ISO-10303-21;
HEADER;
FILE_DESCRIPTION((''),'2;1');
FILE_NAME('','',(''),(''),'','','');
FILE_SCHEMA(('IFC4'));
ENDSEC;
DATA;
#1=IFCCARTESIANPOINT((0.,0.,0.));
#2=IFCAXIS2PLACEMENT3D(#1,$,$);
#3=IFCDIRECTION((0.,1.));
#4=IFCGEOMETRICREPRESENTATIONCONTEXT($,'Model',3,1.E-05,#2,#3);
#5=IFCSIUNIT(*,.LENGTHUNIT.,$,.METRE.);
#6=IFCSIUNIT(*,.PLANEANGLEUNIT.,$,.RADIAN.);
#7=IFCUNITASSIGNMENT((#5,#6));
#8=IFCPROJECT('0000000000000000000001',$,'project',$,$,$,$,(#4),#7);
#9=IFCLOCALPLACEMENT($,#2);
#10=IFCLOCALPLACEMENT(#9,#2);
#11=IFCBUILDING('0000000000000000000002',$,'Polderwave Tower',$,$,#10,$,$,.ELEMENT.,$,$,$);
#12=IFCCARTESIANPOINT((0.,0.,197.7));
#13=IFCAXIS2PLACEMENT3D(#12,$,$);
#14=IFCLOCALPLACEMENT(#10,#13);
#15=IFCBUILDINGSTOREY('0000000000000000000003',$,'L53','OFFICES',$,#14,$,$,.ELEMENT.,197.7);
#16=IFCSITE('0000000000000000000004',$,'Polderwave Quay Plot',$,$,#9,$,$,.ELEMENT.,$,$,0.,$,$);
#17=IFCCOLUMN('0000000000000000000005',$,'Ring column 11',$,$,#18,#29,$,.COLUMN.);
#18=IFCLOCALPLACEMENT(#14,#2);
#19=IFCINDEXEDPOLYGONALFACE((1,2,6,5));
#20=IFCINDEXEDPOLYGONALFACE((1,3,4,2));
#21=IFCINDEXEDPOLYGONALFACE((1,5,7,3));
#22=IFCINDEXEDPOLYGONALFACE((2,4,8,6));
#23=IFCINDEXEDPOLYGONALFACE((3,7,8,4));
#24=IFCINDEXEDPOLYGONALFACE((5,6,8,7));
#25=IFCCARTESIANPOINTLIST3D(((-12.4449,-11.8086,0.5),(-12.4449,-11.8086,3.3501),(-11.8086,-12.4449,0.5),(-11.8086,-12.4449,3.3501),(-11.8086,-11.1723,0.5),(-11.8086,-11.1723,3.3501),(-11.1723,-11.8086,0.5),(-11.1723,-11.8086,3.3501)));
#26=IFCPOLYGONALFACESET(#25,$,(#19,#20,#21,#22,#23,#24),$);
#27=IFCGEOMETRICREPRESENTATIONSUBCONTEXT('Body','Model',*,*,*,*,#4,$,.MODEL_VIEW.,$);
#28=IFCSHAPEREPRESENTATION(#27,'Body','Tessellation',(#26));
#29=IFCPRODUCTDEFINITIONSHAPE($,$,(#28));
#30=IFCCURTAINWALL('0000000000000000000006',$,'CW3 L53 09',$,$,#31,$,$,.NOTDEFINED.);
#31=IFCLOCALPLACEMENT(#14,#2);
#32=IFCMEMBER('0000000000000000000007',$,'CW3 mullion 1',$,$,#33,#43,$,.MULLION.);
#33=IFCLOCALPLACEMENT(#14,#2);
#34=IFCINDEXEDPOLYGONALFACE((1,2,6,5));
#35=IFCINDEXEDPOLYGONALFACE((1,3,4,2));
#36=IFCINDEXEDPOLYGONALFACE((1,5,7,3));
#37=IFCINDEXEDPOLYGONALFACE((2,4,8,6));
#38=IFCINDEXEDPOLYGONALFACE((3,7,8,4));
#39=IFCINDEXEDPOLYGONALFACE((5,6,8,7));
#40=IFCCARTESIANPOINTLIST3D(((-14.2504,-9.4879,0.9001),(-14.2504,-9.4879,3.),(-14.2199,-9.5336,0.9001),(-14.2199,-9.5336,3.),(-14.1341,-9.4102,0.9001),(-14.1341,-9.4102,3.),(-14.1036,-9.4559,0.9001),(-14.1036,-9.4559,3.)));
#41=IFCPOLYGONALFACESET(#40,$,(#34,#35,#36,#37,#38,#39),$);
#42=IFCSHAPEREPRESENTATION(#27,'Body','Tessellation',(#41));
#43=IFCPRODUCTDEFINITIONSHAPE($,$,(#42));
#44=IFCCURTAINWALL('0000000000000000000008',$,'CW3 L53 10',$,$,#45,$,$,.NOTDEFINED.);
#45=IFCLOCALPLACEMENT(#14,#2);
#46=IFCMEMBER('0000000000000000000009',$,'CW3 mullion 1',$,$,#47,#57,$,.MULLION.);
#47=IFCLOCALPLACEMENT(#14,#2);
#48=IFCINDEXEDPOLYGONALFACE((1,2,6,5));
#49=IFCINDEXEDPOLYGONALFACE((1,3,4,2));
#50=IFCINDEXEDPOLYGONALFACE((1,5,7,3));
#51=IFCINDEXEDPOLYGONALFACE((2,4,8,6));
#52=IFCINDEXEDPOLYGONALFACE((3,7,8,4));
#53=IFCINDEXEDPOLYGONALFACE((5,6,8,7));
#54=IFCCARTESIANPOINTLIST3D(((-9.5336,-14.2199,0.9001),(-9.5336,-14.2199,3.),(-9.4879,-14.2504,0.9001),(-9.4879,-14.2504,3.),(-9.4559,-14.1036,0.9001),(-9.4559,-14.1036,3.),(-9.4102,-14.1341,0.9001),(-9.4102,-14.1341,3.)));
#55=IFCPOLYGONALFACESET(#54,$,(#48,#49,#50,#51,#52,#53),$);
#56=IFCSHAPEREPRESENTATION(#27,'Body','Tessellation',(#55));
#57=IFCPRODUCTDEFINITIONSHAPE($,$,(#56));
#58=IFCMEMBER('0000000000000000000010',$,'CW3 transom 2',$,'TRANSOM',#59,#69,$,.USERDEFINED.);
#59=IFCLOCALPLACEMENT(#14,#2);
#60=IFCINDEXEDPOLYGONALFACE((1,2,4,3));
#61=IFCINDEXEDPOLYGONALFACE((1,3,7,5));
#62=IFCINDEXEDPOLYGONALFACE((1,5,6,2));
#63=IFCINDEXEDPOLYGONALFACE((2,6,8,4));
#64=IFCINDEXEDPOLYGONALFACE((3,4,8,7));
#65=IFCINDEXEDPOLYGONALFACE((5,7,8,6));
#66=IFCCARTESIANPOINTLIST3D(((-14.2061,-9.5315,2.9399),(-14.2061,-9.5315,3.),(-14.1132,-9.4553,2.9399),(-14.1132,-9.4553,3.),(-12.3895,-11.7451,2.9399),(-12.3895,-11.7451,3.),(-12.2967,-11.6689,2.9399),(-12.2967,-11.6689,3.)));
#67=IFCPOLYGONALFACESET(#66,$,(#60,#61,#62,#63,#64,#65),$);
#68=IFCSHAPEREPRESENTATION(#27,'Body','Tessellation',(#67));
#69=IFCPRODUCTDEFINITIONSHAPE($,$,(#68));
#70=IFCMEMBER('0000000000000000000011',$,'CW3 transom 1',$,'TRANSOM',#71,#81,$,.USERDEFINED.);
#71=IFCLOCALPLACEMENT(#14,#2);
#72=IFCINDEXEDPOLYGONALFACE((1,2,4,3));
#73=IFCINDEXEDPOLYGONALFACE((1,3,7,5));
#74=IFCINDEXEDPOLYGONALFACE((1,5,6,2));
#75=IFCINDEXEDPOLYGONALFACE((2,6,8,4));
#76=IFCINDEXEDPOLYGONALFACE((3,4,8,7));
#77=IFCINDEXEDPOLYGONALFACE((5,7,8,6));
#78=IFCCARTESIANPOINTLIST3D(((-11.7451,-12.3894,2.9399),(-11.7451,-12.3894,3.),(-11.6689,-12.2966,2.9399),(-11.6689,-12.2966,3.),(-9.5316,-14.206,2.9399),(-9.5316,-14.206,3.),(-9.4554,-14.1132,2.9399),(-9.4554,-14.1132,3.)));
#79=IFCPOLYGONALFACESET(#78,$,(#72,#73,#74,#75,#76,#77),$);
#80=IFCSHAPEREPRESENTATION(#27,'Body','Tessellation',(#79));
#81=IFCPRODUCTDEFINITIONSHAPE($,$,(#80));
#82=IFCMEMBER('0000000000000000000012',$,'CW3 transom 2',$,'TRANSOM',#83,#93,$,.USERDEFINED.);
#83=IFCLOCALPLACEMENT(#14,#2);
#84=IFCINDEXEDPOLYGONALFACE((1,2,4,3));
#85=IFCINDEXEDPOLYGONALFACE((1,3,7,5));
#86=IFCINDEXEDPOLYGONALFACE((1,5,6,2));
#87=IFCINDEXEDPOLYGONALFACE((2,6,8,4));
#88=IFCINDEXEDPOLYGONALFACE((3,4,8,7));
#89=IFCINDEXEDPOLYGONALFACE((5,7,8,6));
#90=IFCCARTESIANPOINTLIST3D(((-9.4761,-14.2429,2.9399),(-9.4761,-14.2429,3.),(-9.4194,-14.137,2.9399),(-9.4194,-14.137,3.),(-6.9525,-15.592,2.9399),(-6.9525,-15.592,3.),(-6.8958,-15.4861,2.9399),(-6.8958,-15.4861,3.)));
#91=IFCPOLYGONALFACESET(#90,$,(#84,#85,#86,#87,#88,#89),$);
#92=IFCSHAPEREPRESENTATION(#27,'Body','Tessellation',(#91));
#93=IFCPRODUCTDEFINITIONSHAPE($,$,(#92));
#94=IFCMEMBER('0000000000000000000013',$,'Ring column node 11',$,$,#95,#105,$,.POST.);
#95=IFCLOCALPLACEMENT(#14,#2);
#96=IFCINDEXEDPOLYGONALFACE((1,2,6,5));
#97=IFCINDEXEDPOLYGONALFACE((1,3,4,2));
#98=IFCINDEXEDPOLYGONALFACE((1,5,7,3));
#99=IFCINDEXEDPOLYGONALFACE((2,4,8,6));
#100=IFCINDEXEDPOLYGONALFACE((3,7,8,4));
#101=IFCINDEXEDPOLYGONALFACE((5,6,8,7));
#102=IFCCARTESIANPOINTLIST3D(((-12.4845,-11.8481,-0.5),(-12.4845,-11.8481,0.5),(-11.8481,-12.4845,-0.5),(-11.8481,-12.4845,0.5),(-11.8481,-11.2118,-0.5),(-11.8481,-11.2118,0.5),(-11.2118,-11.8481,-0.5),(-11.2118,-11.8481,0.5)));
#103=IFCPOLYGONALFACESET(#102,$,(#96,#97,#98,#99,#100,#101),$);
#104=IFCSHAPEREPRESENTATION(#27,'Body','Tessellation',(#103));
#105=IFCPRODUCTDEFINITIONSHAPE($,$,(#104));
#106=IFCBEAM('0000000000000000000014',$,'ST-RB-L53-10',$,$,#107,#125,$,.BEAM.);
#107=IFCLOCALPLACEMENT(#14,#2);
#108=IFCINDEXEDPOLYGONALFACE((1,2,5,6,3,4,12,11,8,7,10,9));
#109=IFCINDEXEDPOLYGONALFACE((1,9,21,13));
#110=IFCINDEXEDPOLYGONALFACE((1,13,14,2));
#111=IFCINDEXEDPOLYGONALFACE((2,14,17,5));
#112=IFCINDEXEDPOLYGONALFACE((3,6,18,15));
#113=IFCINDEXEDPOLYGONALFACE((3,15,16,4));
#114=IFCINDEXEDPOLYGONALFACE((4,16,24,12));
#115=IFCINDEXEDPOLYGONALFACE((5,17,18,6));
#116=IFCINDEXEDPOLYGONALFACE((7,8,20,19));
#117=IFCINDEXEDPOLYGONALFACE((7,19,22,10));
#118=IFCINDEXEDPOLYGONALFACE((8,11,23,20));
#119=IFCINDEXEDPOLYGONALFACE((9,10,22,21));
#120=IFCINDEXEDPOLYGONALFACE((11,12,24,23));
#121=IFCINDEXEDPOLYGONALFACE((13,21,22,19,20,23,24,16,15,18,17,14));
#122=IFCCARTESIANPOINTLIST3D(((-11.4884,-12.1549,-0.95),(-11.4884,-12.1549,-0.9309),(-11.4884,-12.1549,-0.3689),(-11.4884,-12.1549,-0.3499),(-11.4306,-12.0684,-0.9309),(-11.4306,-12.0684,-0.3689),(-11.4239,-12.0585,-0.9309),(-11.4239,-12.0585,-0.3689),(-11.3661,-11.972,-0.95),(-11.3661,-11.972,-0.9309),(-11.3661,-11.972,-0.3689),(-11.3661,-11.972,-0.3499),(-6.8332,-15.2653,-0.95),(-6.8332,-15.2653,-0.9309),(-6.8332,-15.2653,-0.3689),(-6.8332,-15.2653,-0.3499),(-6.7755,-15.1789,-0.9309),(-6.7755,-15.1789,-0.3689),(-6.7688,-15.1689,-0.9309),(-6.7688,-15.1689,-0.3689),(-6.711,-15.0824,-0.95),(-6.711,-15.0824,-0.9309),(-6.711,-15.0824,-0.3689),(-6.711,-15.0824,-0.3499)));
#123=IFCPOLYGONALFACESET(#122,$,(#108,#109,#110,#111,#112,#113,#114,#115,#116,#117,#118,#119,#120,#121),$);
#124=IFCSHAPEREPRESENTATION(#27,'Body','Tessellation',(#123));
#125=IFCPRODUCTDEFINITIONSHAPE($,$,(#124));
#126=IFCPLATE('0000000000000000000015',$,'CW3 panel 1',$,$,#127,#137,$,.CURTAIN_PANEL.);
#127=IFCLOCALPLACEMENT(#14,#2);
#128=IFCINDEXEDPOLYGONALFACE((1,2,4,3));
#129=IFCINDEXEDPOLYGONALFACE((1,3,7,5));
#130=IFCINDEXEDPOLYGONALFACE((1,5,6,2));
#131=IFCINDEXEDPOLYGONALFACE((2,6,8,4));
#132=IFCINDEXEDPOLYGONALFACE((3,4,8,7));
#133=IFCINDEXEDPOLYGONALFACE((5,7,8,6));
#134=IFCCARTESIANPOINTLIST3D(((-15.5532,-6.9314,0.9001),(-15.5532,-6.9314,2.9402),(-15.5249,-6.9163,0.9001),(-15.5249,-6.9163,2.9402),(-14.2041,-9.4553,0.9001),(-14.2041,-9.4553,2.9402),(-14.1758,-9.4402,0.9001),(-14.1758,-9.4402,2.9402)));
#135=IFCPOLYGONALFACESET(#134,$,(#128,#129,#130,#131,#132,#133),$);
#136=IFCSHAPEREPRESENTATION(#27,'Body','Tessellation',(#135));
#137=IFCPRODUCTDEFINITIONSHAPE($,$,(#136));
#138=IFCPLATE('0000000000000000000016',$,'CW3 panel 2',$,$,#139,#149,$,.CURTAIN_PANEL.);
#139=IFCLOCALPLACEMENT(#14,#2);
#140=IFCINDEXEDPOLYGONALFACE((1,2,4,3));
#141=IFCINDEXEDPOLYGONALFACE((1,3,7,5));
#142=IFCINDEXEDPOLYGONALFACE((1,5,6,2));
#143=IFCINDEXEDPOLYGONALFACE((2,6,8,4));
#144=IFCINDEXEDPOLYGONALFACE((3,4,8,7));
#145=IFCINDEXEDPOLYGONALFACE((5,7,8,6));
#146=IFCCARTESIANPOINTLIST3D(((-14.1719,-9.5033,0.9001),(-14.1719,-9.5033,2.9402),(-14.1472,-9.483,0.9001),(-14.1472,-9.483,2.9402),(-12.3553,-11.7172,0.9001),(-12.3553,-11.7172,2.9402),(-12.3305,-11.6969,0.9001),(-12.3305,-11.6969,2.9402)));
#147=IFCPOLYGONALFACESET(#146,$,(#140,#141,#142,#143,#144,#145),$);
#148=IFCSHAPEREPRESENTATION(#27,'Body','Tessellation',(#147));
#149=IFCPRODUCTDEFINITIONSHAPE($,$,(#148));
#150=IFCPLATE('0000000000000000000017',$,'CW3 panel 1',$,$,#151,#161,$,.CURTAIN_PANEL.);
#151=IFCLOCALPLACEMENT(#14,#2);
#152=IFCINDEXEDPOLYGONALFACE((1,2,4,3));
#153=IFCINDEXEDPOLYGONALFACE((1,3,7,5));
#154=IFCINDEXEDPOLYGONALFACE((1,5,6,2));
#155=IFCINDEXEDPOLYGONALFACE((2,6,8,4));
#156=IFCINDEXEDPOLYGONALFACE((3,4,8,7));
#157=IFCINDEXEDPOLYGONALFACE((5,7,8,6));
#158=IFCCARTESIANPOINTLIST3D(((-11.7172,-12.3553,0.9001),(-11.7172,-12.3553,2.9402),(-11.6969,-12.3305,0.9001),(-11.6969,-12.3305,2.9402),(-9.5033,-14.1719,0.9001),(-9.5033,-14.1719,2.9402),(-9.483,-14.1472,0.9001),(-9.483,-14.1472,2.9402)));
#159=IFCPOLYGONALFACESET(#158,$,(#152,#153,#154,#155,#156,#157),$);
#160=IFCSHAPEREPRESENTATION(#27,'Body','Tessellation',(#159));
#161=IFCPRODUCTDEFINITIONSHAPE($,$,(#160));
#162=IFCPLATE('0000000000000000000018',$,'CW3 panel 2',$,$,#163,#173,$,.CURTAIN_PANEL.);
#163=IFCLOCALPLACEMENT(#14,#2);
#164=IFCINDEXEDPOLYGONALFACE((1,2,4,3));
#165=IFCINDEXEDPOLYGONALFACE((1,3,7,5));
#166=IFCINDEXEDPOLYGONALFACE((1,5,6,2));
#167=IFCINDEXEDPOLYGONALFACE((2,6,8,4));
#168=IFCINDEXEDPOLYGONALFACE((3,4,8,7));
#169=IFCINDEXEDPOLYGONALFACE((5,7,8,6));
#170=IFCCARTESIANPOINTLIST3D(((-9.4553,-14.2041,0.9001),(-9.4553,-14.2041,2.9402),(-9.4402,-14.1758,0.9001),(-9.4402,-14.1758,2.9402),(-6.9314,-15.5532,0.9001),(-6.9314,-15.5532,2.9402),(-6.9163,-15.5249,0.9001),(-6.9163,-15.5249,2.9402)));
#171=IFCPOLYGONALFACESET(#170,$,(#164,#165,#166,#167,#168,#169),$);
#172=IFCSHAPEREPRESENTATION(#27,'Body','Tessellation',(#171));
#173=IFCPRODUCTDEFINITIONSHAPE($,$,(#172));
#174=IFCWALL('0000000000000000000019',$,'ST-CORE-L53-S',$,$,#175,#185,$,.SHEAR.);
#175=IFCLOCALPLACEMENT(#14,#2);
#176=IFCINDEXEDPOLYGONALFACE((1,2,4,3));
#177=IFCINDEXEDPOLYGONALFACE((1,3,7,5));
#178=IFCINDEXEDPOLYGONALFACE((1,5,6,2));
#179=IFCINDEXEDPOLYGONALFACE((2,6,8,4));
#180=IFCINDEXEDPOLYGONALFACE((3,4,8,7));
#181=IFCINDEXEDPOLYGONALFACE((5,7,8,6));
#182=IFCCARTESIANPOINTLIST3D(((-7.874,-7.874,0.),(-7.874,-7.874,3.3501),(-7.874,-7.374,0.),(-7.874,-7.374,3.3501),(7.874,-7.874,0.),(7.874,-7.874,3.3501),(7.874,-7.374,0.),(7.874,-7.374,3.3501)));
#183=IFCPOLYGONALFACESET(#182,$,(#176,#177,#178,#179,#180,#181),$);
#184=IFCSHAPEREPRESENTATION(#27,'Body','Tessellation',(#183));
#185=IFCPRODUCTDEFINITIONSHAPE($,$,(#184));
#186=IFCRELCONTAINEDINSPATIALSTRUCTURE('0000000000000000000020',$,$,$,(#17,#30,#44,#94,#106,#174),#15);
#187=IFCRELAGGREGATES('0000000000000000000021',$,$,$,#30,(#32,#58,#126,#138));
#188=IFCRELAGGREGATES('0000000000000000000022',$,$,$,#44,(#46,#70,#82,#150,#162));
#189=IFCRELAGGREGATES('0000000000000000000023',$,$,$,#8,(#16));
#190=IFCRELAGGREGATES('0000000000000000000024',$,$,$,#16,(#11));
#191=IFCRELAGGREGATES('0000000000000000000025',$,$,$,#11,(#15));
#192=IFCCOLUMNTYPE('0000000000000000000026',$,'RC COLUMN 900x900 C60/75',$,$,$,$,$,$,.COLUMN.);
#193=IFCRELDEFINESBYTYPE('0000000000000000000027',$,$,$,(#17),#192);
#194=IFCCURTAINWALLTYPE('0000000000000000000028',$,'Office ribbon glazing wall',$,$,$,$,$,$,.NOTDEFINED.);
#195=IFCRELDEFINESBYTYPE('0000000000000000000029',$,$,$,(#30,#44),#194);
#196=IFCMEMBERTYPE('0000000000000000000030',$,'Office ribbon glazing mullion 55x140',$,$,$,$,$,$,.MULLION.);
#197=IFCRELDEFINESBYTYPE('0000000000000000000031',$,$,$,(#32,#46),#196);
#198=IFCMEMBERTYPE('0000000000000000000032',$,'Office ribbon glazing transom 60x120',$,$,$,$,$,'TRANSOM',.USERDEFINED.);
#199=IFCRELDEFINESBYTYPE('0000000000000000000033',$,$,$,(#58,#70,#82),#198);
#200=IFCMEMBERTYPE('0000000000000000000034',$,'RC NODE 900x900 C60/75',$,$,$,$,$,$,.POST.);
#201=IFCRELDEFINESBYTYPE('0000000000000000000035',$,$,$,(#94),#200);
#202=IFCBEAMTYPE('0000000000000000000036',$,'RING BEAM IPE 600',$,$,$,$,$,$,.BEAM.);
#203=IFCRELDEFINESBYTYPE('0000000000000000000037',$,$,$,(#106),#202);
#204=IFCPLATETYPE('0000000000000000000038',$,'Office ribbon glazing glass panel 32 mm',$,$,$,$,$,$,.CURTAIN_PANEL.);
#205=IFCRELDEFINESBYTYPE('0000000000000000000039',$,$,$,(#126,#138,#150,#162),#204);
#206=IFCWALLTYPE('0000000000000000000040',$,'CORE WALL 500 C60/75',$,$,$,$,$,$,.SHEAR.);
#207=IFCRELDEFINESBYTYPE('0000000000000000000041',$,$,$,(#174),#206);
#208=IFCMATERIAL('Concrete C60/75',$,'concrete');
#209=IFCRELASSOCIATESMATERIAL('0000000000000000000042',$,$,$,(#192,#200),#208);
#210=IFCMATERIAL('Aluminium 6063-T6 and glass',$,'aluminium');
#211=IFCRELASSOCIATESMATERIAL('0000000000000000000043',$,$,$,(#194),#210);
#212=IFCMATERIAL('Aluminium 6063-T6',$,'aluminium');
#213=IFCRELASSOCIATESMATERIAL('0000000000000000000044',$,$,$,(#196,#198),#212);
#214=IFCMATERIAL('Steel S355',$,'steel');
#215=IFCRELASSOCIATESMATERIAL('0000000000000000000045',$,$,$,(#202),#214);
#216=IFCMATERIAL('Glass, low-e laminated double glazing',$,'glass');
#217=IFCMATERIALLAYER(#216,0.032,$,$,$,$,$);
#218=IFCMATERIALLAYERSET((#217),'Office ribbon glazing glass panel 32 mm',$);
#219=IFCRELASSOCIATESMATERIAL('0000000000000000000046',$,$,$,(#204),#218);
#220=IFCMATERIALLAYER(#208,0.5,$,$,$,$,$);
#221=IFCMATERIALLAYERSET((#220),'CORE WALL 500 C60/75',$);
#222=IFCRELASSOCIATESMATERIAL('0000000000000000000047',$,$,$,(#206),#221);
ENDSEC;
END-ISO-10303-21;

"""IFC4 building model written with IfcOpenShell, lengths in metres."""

from ifc_helpers import new_model, si_unit, direction, frame, frame_2d, origin, origin_2d, place, context, subcontext, project, spatial, rectangle, i_section, extrude, material, layer, layer_set, material_profile, profile_set, type_object, element, aggregate, save


model = new_model("IFC4")

# Units and contexts
model_context = context("Model", 3, precision=1e-05, world=origin(), true_north=direction((0.0, 1.0)))
body_context = subcontext(model_context, "Body", "Model", "MODEL_VIEW")
ifc_project = project(units=[si_unit("LENGTHUNIT", "METRE"), si_unit("PLANEANGLEUNIT", "RADIAN")], contexts=[model_context])

# Site, building, storey
site_placement = place(None, origin())
site = spatial("IfcSite", under=ifc_project, at=site_placement, Name="Polderwave Quay Plot", CompositionType="ELEMENT", RefElevation=0.0)
building_placement = place(site_placement, origin())
building = spatial("IfcBuilding", under=site, at=building_placement, Name="Polderwave Tower", CompositionType="ELEMENT")
storey_placement = place(building_placement, frame((0.0, 0.0, 197.7)))
storey = spatial("IfcBuildingStorey", under=building, at=storey_placement, Name="L53", Description="OFFICES", CompositionType="ELEMENT", Elevation=197.7)

# Column
ifc_material_1 = material(Name="Concrete C60/75", Category="concrete")
ifc_material_profile_1 = material_profile(ifc_material_1, rectangle(XDim=0.8999, YDim=0.8999, at=origin_2d()), Name="RC 900x900")
ifc_profile_set_1 = profile_set([ifc_material_profile_1], Name="Concrete C60/75")
column_type = type_object("IfcColumnType", Name="RC COLUMN 900x900 C60/75", PredefinedType="COLUMN", material=ifc_profile_set_1)
column_placement = place(storey_placement, frame((-11.8086, -11.8086, 0.5), z_axis=(0.0, 0.0, 1.0), x_axis=(-0.707107, -0.707107, 0.0)))
element("IfcColumn", 1, at=column_placement, inside=storey, type_object=column_type, Name="Ring column 11", PredefinedType="COLUMN", context=body_context, shape_type="SweptSolid", body=[
    extrude(rectangle(XDim=0.8999, YDim=0.8999, at=origin_2d()), origin(), (0.0, 0.0, 1.0), 2.8501),
])

# Curtain walls, members
ifc_material_2 = material(Name="Aluminium 6063-T6 and glass", Category="aluminium")
curtain_wall_type = type_object("IfcCurtainWallType", Name="Office ribbon glazing wall", PredefinedType="NOTDEFINED", material=ifc_material_2)
curtain_wall_1_placement = place(storey_placement, origin())
curtain_wall_1 = element("IfcCurtainWall", 2, at=curtain_wall_1_placement, inside=storey, type_object=curtain_wall_type, Name="CW3 L53 09", PredefinedType="NOTDEFINED")
ifc_material_3 = material(Name="Aluminium 6063-T6", Category="aluminium")
ifc_material_profile_2 = material_profile(ifc_material_3, rectangle(XDim=0.1399, YDim=0.0549, at=origin_2d()), Name="AL 55x140")
ifc_profile_set_2 = profile_set([ifc_material_profile_2], Name="Aluminium 6063-T6")
member_type_1 = type_object("IfcMemberType", Name="Office ribbon glazing mullion 55x140", PredefinedType="MULLION", material=ifc_profile_set_2)
member_1_placement = place(storey_placement, frame((-14.177, -9.4719, 0.9001), z_axis=(0.0, 0.0, 1.0), x_axis=(0.83148, 0.555554, 0.0)))
member_1 = element("IfcMember", 3, at=member_1_placement, type_object=member_type_1, Name="CW3 mullion 1", PredefinedType="MULLION", context=body_context, shape_type="SweptSolid", body=[
    extrude(rectangle(XDim=0.1399, YDim=0.0549, at=origin_2d()), origin(), (0.0, 0.0, 1.0), 2.0999),
])
curtain_wall_2_placement = place(storey_placement, origin())
curtain_wall_2 = element("IfcCurtainWall", 4, at=curtain_wall_2_placement, inside=storey, type_object=curtain_wall_type, Name="CW3 L53 10", PredefinedType="NOTDEFINED")
member_2_placement = place(storey_placement, frame((-9.4719, -14.177, 0.9001), z_axis=(0.0, 0.0, 1.0), x_axis=(0.555554, 0.83148, 0.0)))
member_2 = element("IfcMember", 5, at=member_2_placement, type_object=member_type_1, Name="CW3 mullion 1", PredefinedType="MULLION", context=body_context, shape_type="SweptSolid", body=[
    extrude(rectangle(XDim=0.1399, YDim=0.0549, at=origin_2d()), origin(), (0.0, 0.0, 1.0), 2.0999),
])

# Members
ifc_material_profile_3 = material_profile(ifc_material_3, rectangle(XDim=0.1201, YDim=0.0601, at=origin_2d()), Name="AL 60x120")
ifc_profile_set_3 = profile_set([ifc_material_profile_3], Name="Aluminium 6063-T6")
member_type_2 = type_object("IfcMemberType", Name="Office ribbon glazing transom 60x120", ElementType="TRANSOM", PredefinedType="USERDEFINED", material=ifc_profile_set_3)
member_3_placement = place(storey_placement, frame((-14.1597, -9.4934, 2.97), z_axis=(0.634388, -0.773014, 0.0), x_axis=(0.773014, 0.634388, 0.0)))
member_3 = element("IfcMember", 6, at=member_3_placement, type_object=member_type_2, Name="CW3 transom 2", ObjectType="TRANSOM", PredefinedType="USERDEFINED", context=body_context, shape_type="SweptSolid", body=[
    extrude(rectangle(XDim=0.1201, YDim=0.0601, at=origin_2d()), origin(), (0.0, 0.0, 1.0), 2.8635),
])
member_4_placement = place(storey_placement, frame((-11.707, -12.343, 2.97), z_axis=(0.773014, -0.634388, 0.0), x_axis=(0.634388, 0.773014, 0.0)))
member_4 = element("IfcMember", 7, at=member_4_placement, type_object=member_type_2, Name="CW3 transom 1", ObjectType="TRANSOM", PredefinedType="USERDEFINED", context=body_context, shape_type="SweptSolid", body=[
    extrude(rectangle(XDim=0.1201, YDim=0.0601, at=origin_2d()), origin(), (0.0, 0.0, 1.0), 2.8635),
])
member_5_placement = place(storey_placement, frame((-9.4478, -14.1899, 2.97), z_axis=(0.881894, -0.471447, 0.0), x_axis=(0.471447, 0.881894, 0.0)))
member_5 = element("IfcMember", 8, at=member_5_placement, type_object=member_type_2, Name="CW3 transom 2", ObjectType="TRANSOM", PredefinedType="USERDEFINED", context=body_context, shape_type="SweptSolid", body=[
    extrude(rectangle(XDim=0.1201, YDim=0.0601, at=origin_2d()), origin(), (0.0, 0.0, 1.0), 2.8616),
])
ifc_material_profile_4 = material_profile(ifc_material_1, rectangle(XDim=0.8999, YDim=0.8999, at=origin_2d()), Name="RC 900x900")
ifc_profile_set_4 = profile_set([ifc_material_profile_4], Name="Concrete C60/75")
member_type_3 = type_object("IfcMemberType", Name="RC NODE 900x900 C60/75", PredefinedType="POST", material=ifc_profile_set_4)
member_6_placement = place(storey_placement, frame((-11.8481, -11.8481, -0.5), z_axis=(0.0, 0.0, 1.0), x_axis=(-0.707107, -0.707107, 0.0)))
element("IfcMember", 9, at=member_6_placement, inside=storey, type_object=member_type_3, Name="Ring column node 11", PredefinedType="POST", context=body_context, shape_type="SweptSolid", body=[
    extrude(rectangle(XDim=0.8999, YDim=0.8999, at=origin_2d()), origin(), (0.0, 0.0, 1.0), 1.0),
])

# Beam
ifc_material_4 = material(Name="Steel S355", Category="steel")
ifc_material_profile_5 = material_profile(ifc_material_4, i_section(OverallWidth=0.22, OverallDepth=0.6001, WebThickness=0.012, FlangeThickness=0.019, at=origin_2d()), Name="IPE 600")
ifc_profile_set_5 = profile_set([ifc_material_profile_5], Name="Steel S355")
beam_type = type_object("IfcBeamType", Name="RING BEAM IPE 600", PredefinedType="BEAM", material=ifc_profile_set_5)
beam_placement = place(storey_placement, frame((-11.4272, -12.0635, -0.6499), z_axis=(0.831473, -0.555565, 0.0), x_axis=(0.555565, 0.831473, 0.0)))
element("IfcBeam", 10, at=beam_placement, inside=storey, type_object=beam_type, Name="ST-RB-L53-10", PredefinedType="BEAM", context=body_context, shape_type="SweptSolid", body=[
    extrude(i_section(OverallWidth=0.22, OverallDepth=0.6001, WebThickness=0.012, FlangeThickness=0.019, at=origin_2d()), origin(), (0.0, 0.0, 1.0), 5.5986),
])

# Plates
ifc_material_5 = material(Name="Glass, low-e laminated double glazing", Category="glass")
ifc_layer_1 = layer(ifc_material_5, 0.032)
ifc_layer_set_1 = layer_set([ifc_layer_1], Name="Office ribbon glazing glass panel 32 mm")
plate_type = type_object("IfcPlateType", Name="Office ribbon glazing glass panel 32 mm", PredefinedType="CURTAIN_PANEL", material=ifc_layer_set_1)
plate_1_placement = place(storey_placement, frame((-14.8645, -8.1858, 0.9001), z_axis=(0.0, 0.0, 1.0), x_axis=(0.471414, -0.881912, 0.0)))
plate_1 = element("IfcPlate", 11, at=plate_1_placement, type_object=plate_type, Name="CW3 panel 1", PredefinedType="CURTAIN_PANEL", context=body_context, shape_type="SweptSolid", body=[
    extrude(rectangle(XDim=2.8618, YDim=0.032, at=origin_2d()), origin(), (0.0, 0.0, 1.0), 2.04),
])
plate_2_placement = place(storey_placement, frame((-13.2512, -10.6001, 0.9001), z_axis=(0.0, 0.0, 1.0), x_axis=(0.634349, -0.773047, 0.0)))
plate_2 = element("IfcPlate", 12, at=plate_2_placement, type_object=plate_type, Name="CW3 panel 2", PredefinedType="CURTAIN_PANEL", context=body_context, shape_type="SweptSolid", body=[
    extrude(rectangle(XDim=2.8638, YDim=0.032, at=origin_2d()), origin(), (0.0, 0.0, 1.0), 2.04),
])
aggregate(curtain_wall_1, [member_1, member_3, plate_1, plate_2])
plate_3_placement = place(storey_placement, frame((-10.6001, -13.2512, 0.9001), z_axis=(0.0, 0.0, 1.0), x_axis=(0.773047, -0.634349, 0.0)))
plate_3 = element("IfcPlate", 13, at=plate_3_placement, type_object=plate_type, Name="CW3 panel 1", PredefinedType="CURTAIN_PANEL", context=body_context, shape_type="SweptSolid", body=[
    extrude(rectangle(XDim=2.8638, YDim=0.032, at=origin_2d()), origin(), (0.0, 0.0, 1.0), 2.04),
])
plate_4_placement = place(storey_placement, frame((-8.1858, -14.8645, 0.9001), z_axis=(0.0, 0.0, 1.0), x_axis=(0.881912, -0.471414, 0.0)))
plate_4 = element("IfcPlate", 14, at=plate_4_placement, type_object=plate_type, Name="CW3 panel 2", PredefinedType="CURTAIN_PANEL", context=body_context, shape_type="SweptSolid", body=[
    extrude(rectangle(XDim=2.8618, YDim=0.032, at=origin_2d()), origin(), (0.0, 0.0, 1.0), 2.04),
])
aggregate(curtain_wall_2, [member_2, member_4, member_5, plate_3, plate_4])

# Wall
ifc_layer_2 = layer(ifc_material_1, 0.5)
ifc_layer_set_2 = layer_set([ifc_layer_2], Name="CORE WALL 500 C60/75")
wall_type_1 = type_object("IfcWallType", Name="CORE WALL 500 C60/75", PredefinedType="SHEAR", material=ifc_layer_set_2)
wall_1_placement = place(storey_placement, frame((-7.874, -7.624, 0.0), z_axis=(0.0, 0.0, 1.0), x_axis=(1.0, 0.0, 0.0)))
element("IfcWall", 15, at=wall_1_placement, inside=storey, type_object=wall_type_1, Name="ST-CORE-L53-S", PredefinedType="SHEAR", context=body_context, shape_type="SweptSolid", body=[
    extrude(rectangle(XDim=15.748, YDim=0.5, at=frame_2d((7.874, 0.0))), origin(), (0.0, 0.0, 1.0), 3.3501),
])

save(model, "model.ifc")
